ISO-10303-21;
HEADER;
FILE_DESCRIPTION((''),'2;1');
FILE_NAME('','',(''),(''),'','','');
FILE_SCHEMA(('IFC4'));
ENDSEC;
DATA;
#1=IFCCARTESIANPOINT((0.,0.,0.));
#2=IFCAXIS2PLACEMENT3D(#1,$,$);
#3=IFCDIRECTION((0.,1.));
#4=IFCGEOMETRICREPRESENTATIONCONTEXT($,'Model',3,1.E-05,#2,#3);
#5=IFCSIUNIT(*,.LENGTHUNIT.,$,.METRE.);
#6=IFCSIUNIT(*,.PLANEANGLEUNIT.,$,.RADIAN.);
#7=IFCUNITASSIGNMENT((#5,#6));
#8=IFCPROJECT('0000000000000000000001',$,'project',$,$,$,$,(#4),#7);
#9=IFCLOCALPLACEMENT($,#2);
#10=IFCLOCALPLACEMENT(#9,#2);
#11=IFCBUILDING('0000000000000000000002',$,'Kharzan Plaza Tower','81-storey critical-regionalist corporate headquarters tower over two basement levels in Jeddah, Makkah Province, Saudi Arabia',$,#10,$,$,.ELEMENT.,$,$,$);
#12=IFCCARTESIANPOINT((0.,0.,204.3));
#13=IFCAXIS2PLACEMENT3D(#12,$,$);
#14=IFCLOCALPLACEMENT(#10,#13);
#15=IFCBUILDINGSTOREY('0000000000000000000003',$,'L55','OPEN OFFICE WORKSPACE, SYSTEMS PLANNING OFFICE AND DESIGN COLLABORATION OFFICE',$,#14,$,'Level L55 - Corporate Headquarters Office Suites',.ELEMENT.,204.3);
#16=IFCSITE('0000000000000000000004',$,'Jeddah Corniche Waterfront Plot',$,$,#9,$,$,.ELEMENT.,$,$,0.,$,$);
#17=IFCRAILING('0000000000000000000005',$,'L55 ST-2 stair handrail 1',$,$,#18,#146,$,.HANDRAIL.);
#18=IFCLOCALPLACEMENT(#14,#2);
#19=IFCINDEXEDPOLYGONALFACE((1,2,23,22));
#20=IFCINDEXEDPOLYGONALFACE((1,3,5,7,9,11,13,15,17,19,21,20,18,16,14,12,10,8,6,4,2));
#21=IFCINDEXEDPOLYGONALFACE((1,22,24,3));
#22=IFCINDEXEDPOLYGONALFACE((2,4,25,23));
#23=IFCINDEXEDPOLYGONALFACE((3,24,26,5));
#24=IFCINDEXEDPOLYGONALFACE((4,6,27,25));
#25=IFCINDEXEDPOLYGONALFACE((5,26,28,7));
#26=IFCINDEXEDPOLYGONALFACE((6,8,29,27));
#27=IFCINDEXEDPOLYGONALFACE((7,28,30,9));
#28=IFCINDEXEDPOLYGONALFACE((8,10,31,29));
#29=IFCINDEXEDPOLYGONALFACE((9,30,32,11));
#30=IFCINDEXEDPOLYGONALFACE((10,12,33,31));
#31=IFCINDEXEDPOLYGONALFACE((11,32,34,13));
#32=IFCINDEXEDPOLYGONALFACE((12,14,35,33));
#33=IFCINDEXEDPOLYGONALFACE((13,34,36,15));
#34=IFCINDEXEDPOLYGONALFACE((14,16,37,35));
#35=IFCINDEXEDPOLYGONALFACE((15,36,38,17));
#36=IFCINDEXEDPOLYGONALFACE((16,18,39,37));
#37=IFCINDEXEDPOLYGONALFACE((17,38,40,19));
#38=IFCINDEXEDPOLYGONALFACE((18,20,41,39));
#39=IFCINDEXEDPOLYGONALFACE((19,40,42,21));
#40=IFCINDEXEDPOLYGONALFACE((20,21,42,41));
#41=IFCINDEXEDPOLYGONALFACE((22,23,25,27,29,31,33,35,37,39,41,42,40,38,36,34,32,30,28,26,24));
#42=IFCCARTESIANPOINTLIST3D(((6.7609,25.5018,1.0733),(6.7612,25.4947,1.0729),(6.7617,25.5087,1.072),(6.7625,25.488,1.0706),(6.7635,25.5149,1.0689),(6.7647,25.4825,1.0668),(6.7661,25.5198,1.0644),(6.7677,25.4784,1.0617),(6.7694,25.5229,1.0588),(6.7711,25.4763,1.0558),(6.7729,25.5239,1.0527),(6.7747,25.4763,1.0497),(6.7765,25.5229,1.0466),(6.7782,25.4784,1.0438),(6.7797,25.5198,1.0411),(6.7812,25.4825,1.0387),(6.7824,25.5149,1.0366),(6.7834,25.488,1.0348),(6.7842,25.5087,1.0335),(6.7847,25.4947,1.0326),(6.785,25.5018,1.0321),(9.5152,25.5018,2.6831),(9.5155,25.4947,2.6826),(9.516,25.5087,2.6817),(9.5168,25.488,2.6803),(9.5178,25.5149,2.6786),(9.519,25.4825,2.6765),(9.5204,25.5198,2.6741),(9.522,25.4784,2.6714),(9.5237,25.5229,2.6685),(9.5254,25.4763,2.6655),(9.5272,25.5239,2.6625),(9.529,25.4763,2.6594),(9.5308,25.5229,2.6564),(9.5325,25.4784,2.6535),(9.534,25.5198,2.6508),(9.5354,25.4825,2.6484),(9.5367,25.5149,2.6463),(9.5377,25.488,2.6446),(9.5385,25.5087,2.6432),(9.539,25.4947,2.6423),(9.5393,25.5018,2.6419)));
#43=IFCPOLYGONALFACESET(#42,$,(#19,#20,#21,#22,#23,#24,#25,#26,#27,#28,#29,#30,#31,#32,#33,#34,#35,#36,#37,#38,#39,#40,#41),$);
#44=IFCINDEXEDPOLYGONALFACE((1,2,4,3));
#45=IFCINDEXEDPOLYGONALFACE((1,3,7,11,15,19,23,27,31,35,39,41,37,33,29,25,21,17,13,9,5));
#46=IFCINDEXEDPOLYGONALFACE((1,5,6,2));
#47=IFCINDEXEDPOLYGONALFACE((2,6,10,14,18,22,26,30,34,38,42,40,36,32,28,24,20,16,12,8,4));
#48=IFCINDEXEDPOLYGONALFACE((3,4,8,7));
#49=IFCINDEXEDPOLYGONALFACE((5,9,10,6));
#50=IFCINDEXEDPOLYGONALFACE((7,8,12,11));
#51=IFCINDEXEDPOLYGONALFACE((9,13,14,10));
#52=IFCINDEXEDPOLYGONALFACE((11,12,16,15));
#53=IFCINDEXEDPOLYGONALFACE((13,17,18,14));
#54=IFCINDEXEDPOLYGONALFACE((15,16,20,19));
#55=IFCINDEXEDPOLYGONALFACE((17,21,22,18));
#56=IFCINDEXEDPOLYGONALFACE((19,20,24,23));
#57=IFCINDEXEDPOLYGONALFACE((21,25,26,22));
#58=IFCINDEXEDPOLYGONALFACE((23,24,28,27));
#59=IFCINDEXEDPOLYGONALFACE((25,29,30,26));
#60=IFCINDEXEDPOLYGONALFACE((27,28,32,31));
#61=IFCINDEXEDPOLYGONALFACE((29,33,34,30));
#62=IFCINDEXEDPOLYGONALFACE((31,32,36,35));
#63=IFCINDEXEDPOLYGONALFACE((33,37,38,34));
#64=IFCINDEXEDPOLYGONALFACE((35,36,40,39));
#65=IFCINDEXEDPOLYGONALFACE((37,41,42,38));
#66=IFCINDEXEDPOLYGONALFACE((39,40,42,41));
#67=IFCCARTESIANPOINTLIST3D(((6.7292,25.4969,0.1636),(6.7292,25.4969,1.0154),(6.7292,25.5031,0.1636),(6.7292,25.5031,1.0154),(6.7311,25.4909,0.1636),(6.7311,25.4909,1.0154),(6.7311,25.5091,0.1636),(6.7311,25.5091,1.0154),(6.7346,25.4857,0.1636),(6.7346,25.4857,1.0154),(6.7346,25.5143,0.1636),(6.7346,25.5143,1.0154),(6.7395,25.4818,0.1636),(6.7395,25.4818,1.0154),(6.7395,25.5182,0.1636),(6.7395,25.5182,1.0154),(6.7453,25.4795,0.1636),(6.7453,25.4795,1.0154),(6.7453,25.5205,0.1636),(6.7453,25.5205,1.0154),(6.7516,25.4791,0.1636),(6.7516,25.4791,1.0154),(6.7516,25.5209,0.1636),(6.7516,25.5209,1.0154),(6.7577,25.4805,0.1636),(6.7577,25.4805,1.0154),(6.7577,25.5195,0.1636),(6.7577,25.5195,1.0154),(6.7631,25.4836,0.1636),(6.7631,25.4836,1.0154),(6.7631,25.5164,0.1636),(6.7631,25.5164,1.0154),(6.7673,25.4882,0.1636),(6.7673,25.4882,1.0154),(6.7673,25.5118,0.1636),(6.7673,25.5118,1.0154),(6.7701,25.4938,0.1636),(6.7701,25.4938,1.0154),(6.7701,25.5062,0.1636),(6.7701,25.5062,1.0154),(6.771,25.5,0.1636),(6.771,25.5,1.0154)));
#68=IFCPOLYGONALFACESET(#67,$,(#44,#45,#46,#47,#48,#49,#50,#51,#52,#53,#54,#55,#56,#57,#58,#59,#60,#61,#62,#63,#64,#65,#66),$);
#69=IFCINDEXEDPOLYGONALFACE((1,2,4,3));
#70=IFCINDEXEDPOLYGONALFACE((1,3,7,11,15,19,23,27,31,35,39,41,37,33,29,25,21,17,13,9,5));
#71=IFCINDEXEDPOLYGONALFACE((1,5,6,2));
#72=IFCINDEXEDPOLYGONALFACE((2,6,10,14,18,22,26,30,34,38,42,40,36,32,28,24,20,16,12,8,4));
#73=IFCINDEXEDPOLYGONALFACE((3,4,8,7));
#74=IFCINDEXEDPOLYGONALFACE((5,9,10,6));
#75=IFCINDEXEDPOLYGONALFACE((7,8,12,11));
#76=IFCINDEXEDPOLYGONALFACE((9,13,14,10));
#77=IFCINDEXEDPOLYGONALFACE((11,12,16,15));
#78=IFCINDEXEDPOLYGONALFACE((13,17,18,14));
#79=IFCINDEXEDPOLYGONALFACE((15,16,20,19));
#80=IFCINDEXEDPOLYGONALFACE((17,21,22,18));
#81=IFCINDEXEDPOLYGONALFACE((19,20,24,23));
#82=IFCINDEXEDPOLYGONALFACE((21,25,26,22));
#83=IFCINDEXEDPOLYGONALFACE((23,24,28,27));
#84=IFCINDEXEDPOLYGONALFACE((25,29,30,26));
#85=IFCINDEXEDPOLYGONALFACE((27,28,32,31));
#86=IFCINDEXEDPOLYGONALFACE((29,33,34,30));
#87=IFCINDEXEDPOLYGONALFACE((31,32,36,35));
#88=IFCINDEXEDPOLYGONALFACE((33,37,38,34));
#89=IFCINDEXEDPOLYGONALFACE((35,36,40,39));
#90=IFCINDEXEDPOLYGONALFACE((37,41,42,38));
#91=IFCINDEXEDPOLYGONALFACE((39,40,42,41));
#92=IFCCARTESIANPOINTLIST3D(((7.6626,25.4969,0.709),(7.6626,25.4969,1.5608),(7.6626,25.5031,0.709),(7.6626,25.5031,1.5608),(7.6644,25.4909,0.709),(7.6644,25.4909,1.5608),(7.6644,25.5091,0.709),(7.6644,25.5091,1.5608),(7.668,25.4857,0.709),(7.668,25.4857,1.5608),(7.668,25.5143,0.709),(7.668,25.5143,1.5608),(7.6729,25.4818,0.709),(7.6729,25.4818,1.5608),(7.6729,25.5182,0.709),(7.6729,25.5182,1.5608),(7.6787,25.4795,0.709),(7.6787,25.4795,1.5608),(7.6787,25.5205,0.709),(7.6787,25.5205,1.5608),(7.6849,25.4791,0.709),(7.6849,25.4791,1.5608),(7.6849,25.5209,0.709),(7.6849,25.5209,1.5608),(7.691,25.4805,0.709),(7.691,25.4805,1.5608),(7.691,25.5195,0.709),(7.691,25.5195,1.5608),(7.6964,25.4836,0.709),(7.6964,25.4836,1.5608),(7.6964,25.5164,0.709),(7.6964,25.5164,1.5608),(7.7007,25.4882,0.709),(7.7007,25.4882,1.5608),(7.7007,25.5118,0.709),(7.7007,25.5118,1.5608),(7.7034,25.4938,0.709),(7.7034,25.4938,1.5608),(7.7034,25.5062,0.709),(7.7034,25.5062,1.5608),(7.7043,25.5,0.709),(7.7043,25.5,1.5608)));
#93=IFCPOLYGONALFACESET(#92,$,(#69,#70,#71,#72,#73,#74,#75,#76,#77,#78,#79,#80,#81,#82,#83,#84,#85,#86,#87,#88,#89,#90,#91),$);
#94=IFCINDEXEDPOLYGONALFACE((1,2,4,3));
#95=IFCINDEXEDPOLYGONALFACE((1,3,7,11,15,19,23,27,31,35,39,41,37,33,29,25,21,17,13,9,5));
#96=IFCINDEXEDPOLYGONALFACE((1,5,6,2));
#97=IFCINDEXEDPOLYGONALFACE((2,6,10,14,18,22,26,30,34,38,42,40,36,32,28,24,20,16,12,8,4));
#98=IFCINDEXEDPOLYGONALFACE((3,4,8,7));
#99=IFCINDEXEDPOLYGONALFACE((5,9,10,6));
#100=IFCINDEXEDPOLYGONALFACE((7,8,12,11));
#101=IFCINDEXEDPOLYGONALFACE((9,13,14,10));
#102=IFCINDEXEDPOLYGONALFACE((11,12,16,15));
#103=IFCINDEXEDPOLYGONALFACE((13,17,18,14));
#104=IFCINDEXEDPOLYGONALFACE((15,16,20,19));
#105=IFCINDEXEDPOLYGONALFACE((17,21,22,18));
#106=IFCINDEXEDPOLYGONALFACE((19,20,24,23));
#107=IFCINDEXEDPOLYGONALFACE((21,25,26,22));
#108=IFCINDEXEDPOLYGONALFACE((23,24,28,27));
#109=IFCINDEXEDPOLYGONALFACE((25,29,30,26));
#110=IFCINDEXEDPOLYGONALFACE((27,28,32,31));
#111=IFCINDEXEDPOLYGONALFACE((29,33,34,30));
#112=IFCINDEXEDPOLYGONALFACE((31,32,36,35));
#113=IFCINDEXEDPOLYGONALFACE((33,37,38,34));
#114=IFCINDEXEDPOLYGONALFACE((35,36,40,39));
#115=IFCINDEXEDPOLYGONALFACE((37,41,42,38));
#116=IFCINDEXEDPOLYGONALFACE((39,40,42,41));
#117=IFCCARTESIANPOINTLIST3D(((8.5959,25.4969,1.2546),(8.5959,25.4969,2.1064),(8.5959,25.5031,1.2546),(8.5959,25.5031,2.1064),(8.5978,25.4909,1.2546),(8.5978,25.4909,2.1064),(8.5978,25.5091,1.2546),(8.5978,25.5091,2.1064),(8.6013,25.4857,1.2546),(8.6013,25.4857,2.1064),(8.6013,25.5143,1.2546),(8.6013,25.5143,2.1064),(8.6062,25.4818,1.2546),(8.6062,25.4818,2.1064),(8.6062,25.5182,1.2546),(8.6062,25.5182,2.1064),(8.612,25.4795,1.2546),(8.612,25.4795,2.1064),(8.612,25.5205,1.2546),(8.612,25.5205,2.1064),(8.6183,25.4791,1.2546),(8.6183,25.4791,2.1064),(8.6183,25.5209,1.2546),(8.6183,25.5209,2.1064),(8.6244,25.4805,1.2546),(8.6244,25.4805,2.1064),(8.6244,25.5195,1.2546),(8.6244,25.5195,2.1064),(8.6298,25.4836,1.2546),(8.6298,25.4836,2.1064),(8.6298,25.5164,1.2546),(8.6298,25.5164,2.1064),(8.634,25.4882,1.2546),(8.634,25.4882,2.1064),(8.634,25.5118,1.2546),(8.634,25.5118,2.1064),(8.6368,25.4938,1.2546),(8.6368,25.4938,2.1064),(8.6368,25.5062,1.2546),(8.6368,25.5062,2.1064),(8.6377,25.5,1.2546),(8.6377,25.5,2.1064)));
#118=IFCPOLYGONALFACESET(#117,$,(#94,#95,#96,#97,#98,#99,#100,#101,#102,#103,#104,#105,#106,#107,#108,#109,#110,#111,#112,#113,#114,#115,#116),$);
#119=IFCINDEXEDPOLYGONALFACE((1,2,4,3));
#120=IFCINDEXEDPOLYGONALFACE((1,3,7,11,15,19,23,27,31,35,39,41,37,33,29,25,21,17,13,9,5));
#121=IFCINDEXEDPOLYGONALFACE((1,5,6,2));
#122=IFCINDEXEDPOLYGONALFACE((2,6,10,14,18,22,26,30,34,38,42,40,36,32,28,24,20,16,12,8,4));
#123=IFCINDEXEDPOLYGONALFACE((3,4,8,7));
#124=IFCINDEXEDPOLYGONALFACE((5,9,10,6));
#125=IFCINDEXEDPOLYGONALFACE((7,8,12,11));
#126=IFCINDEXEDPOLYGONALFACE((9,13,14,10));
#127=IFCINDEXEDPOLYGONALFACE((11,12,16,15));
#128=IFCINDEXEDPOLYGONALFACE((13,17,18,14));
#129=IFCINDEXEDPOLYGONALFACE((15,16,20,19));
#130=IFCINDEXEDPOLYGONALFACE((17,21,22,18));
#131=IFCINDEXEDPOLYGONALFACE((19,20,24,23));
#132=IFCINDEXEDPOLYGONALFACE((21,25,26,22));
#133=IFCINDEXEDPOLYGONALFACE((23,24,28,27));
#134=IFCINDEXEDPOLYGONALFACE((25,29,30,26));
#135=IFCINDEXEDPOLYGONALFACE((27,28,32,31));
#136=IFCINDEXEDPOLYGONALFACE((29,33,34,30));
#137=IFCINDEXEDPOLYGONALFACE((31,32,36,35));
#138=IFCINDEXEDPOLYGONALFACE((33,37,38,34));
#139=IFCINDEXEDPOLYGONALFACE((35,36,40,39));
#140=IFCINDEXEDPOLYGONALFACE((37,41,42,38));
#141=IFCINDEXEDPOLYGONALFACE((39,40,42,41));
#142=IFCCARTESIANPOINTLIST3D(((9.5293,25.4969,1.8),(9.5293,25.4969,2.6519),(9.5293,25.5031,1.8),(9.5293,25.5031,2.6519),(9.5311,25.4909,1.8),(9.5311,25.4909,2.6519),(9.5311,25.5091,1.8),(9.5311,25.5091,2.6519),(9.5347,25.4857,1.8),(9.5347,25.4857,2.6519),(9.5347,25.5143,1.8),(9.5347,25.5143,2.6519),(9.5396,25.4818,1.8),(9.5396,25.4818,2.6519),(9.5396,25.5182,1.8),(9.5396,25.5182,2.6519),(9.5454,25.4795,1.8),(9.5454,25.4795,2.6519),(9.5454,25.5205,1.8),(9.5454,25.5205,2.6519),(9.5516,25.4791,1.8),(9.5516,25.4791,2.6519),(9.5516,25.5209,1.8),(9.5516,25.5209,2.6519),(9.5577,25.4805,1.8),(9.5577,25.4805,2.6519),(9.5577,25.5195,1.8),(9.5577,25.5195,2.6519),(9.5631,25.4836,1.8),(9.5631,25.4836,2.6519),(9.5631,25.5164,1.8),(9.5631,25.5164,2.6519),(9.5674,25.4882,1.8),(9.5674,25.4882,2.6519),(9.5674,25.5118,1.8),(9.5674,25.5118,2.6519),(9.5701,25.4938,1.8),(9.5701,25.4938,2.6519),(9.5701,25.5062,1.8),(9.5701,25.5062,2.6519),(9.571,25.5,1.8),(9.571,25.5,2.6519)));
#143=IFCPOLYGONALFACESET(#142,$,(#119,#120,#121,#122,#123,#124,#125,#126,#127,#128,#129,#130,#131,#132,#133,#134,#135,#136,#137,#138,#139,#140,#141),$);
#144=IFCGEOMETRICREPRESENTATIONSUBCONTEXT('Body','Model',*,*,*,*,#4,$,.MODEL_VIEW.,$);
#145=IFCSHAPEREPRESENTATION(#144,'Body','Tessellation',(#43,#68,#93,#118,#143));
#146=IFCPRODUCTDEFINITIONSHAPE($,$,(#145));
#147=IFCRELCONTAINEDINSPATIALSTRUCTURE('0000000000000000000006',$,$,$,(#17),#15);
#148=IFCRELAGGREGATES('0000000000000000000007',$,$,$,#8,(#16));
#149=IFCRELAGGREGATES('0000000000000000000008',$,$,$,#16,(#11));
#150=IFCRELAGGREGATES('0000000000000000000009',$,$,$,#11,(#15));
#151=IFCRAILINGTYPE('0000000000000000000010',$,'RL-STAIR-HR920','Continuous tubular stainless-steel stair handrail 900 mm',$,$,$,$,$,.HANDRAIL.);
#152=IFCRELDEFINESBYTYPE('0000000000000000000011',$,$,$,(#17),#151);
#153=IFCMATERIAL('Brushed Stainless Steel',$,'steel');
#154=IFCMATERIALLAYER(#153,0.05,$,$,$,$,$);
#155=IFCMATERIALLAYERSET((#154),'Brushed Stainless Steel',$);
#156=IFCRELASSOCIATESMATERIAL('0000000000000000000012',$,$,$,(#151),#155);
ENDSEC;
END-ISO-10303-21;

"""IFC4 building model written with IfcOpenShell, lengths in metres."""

from ifc_helpers import new_model, si_unit, direction, frame, origin, origin_2d, place, context, subcontext, project, spatial, circle, extrude, source, transform, mapped, material, layer, layer_set, type_object, element, save


model = new_model("IFC4")

# Units and contexts
model_context = context("Model", 3, precision=1e-05, world=origin(), true_north=direction((0.0, 1.0)))
body_context = subcontext(model_context, "Body", "Model", "MODEL_VIEW")
ifc_project = project(units=[si_unit("LENGTHUNIT", "METRE"), si_unit("PLANEANGLEUNIT", "RADIAN")], contexts=[model_context])

# Site, building, storey
site_placement = place(None, origin())
site = spatial("IfcSite", under=ifc_project, at=site_placement, Name="Jeddah Corniche Waterfront Plot", CompositionType="ELEMENT", RefElevation=0.0)
building_placement = place(site_placement, origin())
building = spatial("IfcBuilding", under=site, at=building_placement, Name="Kharzan Plaza Tower", Description="81-storey critical-regionalist corporate headquarters tower over two basement levels in Jeddah, Makkah Province, Saudi Arabia", CompositionType="ELEMENT")
storey_placement = place(building_placement, frame((0.0, 0.0, 204.3)))
storey = spatial("IfcBuildingStorey", under=building, at=storey_placement, Name="L55", Description="OPEN OFFICE WORKSPACE, SYSTEMS PLANNING OFFICE AND DESIGN COLLABORATION OFFICE", LongName="Level L55 - Corporate Headquarters Office Suites", CompositionType="ELEMENT", Elevation=204.3)

# Railing
ifc_material_1 = material(Name="Brushed Stainless Steel", Category="steel")
ifc_layer_1 = layer(ifc_material_1, 0.05)
ifc_layer_set_1 = layer_set([ifc_layer_1], Name="Brushed Stainless Steel")
railing_type_1 = type_object("IfcRailingType", Name="RL-STAIR-HR920", Description="Continuous tubular stainless-steel stair handrail 900 mm", PredefinedType="HANDRAIL", material=ifc_layer_set_1)
shared_shape_1 = source(origin(), body_context, "Body", "SweptSolid", [
    extrude(circle(Radius=0.0239, at=origin_2d()), frame((0.0229, 0.0, 0.8892), z_axis=(0.863361, 0.0, 0.504587), x_axis=(0.0, 1.0, 0.0)), (0.0, 0.0, 1.0), 3.1902),
    extrude(circle(Radius=0.021, at=origin_2d()), origin(), (0.0, 0.0, 1.0), 0.8518),
    extrude(circle(Radius=0.021, at=origin_2d()), frame((0.9333, 0.0, 0.5454)), (0.0, 0.0, 1.0), 0.8518),
    extrude(circle(Radius=0.021, at=origin_2d()), frame((1.8667, 0.0, 1.0911)), (0.0, 0.0, 1.0), 0.8518),
    extrude(circle(Radius=0.021, at=origin_2d()), frame((2.8, 0.0, 1.6365)), (0.0, 0.0, 1.0), 0.8518),
])
railing_1_placement = place(storey_placement, frame((6.75, 25.5, 0.1636)))
element("IfcRailing", 1, at=railing_1_placement, inside=storey, type_object=railing_type_1, Name="L55 ST-2 stair handrail 1", PredefinedType="HANDRAIL", context=body_context, shape_type="MappedRepresentation", body=[
    mapped(shared_shape_1, transform((0.0, 0.0, 0.0), x_axis=(1.0, 0.0, 0.0), y_axis=(0.0, 1.0, 0.0), z_axis=(0.0, 0.0, 1.0))),
])

save(model, "model.ifc")
